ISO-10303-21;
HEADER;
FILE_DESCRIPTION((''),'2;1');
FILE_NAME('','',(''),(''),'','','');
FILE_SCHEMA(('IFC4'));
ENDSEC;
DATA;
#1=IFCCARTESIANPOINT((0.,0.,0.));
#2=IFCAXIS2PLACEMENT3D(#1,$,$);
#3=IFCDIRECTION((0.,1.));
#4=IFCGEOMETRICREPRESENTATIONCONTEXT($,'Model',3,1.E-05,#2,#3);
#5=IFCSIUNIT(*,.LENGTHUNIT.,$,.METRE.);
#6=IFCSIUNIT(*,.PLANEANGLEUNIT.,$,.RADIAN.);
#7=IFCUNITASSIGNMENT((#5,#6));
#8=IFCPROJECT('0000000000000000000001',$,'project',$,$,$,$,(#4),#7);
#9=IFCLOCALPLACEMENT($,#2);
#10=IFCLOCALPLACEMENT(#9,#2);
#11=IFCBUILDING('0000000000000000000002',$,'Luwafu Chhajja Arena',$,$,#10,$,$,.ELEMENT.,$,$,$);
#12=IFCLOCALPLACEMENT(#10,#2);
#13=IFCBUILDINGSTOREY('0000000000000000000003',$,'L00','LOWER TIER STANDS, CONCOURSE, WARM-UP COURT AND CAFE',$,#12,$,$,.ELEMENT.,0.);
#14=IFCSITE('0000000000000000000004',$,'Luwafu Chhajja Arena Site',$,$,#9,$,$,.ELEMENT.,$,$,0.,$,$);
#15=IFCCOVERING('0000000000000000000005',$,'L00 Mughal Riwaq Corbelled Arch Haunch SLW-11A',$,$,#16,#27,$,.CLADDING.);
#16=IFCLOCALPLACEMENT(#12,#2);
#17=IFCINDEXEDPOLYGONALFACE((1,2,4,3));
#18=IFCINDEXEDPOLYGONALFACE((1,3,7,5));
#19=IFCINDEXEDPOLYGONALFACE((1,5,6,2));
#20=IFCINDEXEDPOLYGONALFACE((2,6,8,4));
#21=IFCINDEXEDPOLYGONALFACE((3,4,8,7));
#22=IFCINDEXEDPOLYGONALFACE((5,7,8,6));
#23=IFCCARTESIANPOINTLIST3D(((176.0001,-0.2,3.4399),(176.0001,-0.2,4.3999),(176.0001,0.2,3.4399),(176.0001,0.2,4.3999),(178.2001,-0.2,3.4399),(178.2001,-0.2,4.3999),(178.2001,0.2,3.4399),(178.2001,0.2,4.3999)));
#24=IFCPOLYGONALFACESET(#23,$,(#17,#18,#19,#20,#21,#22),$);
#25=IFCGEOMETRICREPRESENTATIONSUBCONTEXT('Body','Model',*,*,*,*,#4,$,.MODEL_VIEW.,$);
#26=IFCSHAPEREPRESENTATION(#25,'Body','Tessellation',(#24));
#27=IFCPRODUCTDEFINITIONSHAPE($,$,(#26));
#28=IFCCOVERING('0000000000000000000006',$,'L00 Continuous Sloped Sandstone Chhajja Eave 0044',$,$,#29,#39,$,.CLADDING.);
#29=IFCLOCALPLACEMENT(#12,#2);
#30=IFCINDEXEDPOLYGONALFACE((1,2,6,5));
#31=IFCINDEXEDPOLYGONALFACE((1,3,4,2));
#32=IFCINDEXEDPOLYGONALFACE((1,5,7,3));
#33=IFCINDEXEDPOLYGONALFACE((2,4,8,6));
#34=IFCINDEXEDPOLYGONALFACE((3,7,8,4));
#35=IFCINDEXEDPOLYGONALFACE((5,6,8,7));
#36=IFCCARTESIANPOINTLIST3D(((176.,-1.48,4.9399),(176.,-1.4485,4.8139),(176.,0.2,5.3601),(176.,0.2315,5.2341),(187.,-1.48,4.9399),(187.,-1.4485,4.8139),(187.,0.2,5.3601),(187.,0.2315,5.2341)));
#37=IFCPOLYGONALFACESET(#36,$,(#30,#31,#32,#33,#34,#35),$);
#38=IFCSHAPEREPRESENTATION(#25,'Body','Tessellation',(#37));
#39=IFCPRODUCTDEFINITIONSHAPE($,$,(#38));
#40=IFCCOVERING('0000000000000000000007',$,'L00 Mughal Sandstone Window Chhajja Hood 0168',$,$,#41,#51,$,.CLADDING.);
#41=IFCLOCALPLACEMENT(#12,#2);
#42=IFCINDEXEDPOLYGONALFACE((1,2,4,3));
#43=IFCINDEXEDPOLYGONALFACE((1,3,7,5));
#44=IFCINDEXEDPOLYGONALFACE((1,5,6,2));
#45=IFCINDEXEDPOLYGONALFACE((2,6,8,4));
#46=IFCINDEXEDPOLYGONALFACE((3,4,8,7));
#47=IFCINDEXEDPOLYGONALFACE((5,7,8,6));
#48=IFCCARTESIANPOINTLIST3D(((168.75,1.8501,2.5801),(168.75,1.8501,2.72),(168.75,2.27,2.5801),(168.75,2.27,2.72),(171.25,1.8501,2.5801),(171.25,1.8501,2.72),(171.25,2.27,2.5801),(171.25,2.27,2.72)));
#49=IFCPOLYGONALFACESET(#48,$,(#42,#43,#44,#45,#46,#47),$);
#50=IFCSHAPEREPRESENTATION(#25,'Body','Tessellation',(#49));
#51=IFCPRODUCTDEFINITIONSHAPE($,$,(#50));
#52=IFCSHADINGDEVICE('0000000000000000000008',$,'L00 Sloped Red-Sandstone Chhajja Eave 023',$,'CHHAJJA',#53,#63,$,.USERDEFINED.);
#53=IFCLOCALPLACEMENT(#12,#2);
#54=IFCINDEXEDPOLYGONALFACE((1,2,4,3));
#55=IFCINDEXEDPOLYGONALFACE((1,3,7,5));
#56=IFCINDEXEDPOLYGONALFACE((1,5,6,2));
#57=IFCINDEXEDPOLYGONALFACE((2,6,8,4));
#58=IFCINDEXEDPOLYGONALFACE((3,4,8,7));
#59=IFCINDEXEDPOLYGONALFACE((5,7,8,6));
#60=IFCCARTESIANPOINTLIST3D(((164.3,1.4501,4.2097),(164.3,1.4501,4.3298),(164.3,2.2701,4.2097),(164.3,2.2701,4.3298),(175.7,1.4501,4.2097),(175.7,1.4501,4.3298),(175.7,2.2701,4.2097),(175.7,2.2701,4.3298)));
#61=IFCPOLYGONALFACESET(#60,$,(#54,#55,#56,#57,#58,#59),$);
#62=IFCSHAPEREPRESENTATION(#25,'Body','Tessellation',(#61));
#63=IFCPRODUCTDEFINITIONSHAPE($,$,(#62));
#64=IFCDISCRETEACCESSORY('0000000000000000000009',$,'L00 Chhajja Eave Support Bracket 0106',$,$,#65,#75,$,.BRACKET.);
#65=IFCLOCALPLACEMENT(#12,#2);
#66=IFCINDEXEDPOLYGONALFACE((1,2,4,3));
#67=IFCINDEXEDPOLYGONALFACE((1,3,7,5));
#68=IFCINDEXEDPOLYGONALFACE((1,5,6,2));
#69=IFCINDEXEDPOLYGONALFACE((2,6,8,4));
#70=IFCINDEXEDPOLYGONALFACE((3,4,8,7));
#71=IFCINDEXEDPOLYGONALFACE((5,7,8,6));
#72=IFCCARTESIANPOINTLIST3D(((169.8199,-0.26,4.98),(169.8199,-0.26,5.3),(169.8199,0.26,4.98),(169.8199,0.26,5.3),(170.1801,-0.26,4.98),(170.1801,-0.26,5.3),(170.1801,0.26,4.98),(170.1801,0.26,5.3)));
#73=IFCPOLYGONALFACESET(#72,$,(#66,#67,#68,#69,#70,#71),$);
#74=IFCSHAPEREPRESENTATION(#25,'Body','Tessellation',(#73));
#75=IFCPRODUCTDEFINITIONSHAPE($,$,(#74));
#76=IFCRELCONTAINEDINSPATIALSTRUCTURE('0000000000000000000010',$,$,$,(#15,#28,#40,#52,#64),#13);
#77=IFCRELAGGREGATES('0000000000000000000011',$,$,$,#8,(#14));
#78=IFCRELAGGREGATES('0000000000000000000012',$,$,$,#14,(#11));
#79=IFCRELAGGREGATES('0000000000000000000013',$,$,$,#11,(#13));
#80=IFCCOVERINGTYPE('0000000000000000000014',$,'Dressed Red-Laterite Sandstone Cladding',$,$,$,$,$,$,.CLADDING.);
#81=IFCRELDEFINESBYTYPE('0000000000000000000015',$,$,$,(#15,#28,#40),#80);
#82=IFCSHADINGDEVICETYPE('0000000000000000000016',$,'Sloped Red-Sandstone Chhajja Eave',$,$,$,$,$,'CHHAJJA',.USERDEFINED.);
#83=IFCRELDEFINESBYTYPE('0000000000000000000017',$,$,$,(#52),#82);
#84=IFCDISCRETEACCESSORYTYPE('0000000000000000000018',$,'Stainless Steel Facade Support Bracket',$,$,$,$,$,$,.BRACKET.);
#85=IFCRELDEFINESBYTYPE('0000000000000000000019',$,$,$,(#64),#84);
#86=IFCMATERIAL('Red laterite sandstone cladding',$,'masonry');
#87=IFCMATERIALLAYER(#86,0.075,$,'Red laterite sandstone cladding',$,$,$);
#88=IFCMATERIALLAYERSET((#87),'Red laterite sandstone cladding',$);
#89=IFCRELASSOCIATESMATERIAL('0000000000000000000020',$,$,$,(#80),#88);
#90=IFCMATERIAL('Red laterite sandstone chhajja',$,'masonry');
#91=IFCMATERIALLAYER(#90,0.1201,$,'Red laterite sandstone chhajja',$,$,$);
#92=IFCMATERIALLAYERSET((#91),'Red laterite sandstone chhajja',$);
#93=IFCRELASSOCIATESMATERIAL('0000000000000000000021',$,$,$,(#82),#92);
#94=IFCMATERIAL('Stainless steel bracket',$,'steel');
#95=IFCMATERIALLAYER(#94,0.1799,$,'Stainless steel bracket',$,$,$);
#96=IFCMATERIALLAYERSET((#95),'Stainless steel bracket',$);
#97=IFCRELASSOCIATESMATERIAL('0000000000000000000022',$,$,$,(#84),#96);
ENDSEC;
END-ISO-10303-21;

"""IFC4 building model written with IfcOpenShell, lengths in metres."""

from ifc_helpers import new_model, si_unit, direction, frame, origin, origin_2d, place, context, subcontext, project, spatial, polyline, rectangle, outline, extrude, material, layer, layer_set, type_object, element, save


model = new_model("IFC4")

# Units and contexts
model_context = context("Model", 3, precision=1e-05, world=origin(), true_north=direction((0.0, 1.0)))
body_context = subcontext(model_context, "Body", "Model", "MODEL_VIEW")
ifc_project = project(units=[si_unit("LENGTHUNIT", "METRE"), si_unit("PLANEANGLEUNIT", "RADIAN")], contexts=[model_context])

# Site, building, storey
site_placement = place(None, origin())
site = spatial("IfcSite", under=ifc_project, at=site_placement, Name="Luwafu Chhajja Arena Site", CompositionType="ELEMENT", RefElevation=0.0)
building_placement = place(site_placement, origin())
building = spatial("IfcBuilding", under=site, at=building_placement, Name="Luwafu Chhajja Arena", CompositionType="ELEMENT")
storey_placement = place(building_placement, origin())
storey = spatial("IfcBuildingStorey", under=building, at=storey_placement, Name="L00", Description="LOWER TIER STANDS, CONCOURSE, WARM-UP COURT AND CAFE", CompositionType="ELEMENT", Elevation=0.0)

# Coverings
ifc_material_1 = material(Name="Red laterite sandstone cladding", Category="masonry")
ifc_layer_1 = layer(ifc_material_1, 0.075, Name="Red laterite sandstone cladding")
ifc_layer_set_1 = layer_set([ifc_layer_1], Name="Red laterite sandstone cladding")
covering_type = type_object("IfcCoveringType", Name="Dressed Red-Laterite Sandstone Cladding", PredefinedType="CLADDING", material=ifc_layer_set_1)
covering_1_placement = place(storey_placement, frame((177.1001, 0.0, 3.4399), z_axis=(0.0, 0.0, 1.0), x_axis=(1.0, 0.0, 0.0)))
element("IfcCovering", 1, at=covering_1_placement, inside=storey, type_object=covering_type, Name="L00 Mughal Riwaq Corbelled Arch Haunch SLW-11A", PredefinedType="CLADDING", context=body_context, shape_type="SweptSolid", body=[
    extrude(rectangle(XDim=2.2, YDim=0.3999, at=origin_2d()), origin(), (0.0, 0.0, 1.0), 0.96),
])
covering_2_placement = place(storey_placement, frame((176.0, 0.2, 5.3601), z_axis=(0.0, -0.242635, 0.970118), x_axis=(1.0, 0.0, 0.0)))
element("IfcCovering", 2, at=covering_2_placement, inside=storey, type_object=covering_type, Name="L00 Continuous Sloped Sandstone Chhajja Eave 0044", PredefinedType="CLADDING", context=body_context, shape_type="SweptSolid", body=[
    extrude(outline(polyline([(0.0, 0.0), (11.0, 0.0), (11.0, -1.7317), (0.0, -1.7317), (0.0, 0.0)])), origin(), (0.0, 0.0, -1.0), 0.1299),
])
covering_3_placement = place(storey_placement, frame((170.0, 2.0601, 2.5801), z_axis=(0.0, 0.0, 1.0), x_axis=(1.0, 0.0, 0.0)))
element("IfcCovering", 3, at=covering_3_placement, inside=storey, type_object=covering_type, Name="L00 Mughal Sandstone Window Chhajja Hood 0168", PredefinedType="CLADDING", context=body_context, shape_type="SweptSolid", body=[
    extrude(rectangle(XDim=2.5, YDim=0.4199, at=origin_2d()), origin(), (0.0, 0.0, 1.0), 0.1399),
])

# Shading device
ifc_material_2 = material(Name="Red laterite sandstone chhajja", Category="masonry")
ifc_layer_2 = layer(ifc_material_2, 0.1201, Name="Red laterite sandstone chhajja")
ifc_layer_set_2 = layer_set([ifc_layer_2], Name="Red laterite sandstone chhajja")
shading_device_type = type_object("IfcShadingDeviceType", Name="Sloped Red-Sandstone Chhajja Eave", ElementType="CHHAJJA", PredefinedType="USERDEFINED", material=ifc_layer_set_2)
shading_device_placement = place(storey_placement, frame((170.0, 1.8601, 4.2097), z_axis=(0.0, 0.0, 1.0), x_axis=(1.0, 0.0, 0.0)))
element("IfcShadingDevice", 4, at=shading_device_placement, inside=storey, type_object=shading_device_type, Name="L00 Sloped Red-Sandstone Chhajja Eave 023", ObjectType="CHHAJJA", PredefinedType="USERDEFINED", context=body_context, shape_type="SweptSolid", body=[
    extrude(rectangle(XDim=11.3999, YDim=0.8201, at=origin_2d()), origin(), (0.0, 0.0, 1.0), 0.1201),
])

# Discrete accessory
ifc_material_3 = material(Name="Stainless steel bracket", Category="steel")
ifc_layer_3 = layer(ifc_material_3, 0.1799, Name="Stainless steel bracket")
ifc_layer_set_3 = layer_set([ifc_layer_3], Name="Stainless steel bracket")
discrete_accessory_type = type_object("IfcDiscreteAccessoryType", Name="Stainless Steel Facade Support Bracket", PredefinedType="BRACKET", material=ifc_layer_set_3)
discrete_accessory_placement = place(storey_placement, frame((170.0, 0.0, 4.98), z_axis=(0.0, 0.0, 1.0), x_axis=(1.0, 0.0, 0.0)))
element("IfcDiscreteAccessory", 5, at=discrete_accessory_placement, inside=storey, type_object=discrete_accessory_type, Name="L00 Chhajja Eave Support Bracket 0106", PredefinedType="BRACKET", context=body_context, shape_type="SweptSolid", body=[
    extrude(rectangle(XDim=0.3601, YDim=0.52, at=origin_2d()), origin(), (0.0, 0.0, 1.0), 0.3201),
])

save(model, "model.ifc")
